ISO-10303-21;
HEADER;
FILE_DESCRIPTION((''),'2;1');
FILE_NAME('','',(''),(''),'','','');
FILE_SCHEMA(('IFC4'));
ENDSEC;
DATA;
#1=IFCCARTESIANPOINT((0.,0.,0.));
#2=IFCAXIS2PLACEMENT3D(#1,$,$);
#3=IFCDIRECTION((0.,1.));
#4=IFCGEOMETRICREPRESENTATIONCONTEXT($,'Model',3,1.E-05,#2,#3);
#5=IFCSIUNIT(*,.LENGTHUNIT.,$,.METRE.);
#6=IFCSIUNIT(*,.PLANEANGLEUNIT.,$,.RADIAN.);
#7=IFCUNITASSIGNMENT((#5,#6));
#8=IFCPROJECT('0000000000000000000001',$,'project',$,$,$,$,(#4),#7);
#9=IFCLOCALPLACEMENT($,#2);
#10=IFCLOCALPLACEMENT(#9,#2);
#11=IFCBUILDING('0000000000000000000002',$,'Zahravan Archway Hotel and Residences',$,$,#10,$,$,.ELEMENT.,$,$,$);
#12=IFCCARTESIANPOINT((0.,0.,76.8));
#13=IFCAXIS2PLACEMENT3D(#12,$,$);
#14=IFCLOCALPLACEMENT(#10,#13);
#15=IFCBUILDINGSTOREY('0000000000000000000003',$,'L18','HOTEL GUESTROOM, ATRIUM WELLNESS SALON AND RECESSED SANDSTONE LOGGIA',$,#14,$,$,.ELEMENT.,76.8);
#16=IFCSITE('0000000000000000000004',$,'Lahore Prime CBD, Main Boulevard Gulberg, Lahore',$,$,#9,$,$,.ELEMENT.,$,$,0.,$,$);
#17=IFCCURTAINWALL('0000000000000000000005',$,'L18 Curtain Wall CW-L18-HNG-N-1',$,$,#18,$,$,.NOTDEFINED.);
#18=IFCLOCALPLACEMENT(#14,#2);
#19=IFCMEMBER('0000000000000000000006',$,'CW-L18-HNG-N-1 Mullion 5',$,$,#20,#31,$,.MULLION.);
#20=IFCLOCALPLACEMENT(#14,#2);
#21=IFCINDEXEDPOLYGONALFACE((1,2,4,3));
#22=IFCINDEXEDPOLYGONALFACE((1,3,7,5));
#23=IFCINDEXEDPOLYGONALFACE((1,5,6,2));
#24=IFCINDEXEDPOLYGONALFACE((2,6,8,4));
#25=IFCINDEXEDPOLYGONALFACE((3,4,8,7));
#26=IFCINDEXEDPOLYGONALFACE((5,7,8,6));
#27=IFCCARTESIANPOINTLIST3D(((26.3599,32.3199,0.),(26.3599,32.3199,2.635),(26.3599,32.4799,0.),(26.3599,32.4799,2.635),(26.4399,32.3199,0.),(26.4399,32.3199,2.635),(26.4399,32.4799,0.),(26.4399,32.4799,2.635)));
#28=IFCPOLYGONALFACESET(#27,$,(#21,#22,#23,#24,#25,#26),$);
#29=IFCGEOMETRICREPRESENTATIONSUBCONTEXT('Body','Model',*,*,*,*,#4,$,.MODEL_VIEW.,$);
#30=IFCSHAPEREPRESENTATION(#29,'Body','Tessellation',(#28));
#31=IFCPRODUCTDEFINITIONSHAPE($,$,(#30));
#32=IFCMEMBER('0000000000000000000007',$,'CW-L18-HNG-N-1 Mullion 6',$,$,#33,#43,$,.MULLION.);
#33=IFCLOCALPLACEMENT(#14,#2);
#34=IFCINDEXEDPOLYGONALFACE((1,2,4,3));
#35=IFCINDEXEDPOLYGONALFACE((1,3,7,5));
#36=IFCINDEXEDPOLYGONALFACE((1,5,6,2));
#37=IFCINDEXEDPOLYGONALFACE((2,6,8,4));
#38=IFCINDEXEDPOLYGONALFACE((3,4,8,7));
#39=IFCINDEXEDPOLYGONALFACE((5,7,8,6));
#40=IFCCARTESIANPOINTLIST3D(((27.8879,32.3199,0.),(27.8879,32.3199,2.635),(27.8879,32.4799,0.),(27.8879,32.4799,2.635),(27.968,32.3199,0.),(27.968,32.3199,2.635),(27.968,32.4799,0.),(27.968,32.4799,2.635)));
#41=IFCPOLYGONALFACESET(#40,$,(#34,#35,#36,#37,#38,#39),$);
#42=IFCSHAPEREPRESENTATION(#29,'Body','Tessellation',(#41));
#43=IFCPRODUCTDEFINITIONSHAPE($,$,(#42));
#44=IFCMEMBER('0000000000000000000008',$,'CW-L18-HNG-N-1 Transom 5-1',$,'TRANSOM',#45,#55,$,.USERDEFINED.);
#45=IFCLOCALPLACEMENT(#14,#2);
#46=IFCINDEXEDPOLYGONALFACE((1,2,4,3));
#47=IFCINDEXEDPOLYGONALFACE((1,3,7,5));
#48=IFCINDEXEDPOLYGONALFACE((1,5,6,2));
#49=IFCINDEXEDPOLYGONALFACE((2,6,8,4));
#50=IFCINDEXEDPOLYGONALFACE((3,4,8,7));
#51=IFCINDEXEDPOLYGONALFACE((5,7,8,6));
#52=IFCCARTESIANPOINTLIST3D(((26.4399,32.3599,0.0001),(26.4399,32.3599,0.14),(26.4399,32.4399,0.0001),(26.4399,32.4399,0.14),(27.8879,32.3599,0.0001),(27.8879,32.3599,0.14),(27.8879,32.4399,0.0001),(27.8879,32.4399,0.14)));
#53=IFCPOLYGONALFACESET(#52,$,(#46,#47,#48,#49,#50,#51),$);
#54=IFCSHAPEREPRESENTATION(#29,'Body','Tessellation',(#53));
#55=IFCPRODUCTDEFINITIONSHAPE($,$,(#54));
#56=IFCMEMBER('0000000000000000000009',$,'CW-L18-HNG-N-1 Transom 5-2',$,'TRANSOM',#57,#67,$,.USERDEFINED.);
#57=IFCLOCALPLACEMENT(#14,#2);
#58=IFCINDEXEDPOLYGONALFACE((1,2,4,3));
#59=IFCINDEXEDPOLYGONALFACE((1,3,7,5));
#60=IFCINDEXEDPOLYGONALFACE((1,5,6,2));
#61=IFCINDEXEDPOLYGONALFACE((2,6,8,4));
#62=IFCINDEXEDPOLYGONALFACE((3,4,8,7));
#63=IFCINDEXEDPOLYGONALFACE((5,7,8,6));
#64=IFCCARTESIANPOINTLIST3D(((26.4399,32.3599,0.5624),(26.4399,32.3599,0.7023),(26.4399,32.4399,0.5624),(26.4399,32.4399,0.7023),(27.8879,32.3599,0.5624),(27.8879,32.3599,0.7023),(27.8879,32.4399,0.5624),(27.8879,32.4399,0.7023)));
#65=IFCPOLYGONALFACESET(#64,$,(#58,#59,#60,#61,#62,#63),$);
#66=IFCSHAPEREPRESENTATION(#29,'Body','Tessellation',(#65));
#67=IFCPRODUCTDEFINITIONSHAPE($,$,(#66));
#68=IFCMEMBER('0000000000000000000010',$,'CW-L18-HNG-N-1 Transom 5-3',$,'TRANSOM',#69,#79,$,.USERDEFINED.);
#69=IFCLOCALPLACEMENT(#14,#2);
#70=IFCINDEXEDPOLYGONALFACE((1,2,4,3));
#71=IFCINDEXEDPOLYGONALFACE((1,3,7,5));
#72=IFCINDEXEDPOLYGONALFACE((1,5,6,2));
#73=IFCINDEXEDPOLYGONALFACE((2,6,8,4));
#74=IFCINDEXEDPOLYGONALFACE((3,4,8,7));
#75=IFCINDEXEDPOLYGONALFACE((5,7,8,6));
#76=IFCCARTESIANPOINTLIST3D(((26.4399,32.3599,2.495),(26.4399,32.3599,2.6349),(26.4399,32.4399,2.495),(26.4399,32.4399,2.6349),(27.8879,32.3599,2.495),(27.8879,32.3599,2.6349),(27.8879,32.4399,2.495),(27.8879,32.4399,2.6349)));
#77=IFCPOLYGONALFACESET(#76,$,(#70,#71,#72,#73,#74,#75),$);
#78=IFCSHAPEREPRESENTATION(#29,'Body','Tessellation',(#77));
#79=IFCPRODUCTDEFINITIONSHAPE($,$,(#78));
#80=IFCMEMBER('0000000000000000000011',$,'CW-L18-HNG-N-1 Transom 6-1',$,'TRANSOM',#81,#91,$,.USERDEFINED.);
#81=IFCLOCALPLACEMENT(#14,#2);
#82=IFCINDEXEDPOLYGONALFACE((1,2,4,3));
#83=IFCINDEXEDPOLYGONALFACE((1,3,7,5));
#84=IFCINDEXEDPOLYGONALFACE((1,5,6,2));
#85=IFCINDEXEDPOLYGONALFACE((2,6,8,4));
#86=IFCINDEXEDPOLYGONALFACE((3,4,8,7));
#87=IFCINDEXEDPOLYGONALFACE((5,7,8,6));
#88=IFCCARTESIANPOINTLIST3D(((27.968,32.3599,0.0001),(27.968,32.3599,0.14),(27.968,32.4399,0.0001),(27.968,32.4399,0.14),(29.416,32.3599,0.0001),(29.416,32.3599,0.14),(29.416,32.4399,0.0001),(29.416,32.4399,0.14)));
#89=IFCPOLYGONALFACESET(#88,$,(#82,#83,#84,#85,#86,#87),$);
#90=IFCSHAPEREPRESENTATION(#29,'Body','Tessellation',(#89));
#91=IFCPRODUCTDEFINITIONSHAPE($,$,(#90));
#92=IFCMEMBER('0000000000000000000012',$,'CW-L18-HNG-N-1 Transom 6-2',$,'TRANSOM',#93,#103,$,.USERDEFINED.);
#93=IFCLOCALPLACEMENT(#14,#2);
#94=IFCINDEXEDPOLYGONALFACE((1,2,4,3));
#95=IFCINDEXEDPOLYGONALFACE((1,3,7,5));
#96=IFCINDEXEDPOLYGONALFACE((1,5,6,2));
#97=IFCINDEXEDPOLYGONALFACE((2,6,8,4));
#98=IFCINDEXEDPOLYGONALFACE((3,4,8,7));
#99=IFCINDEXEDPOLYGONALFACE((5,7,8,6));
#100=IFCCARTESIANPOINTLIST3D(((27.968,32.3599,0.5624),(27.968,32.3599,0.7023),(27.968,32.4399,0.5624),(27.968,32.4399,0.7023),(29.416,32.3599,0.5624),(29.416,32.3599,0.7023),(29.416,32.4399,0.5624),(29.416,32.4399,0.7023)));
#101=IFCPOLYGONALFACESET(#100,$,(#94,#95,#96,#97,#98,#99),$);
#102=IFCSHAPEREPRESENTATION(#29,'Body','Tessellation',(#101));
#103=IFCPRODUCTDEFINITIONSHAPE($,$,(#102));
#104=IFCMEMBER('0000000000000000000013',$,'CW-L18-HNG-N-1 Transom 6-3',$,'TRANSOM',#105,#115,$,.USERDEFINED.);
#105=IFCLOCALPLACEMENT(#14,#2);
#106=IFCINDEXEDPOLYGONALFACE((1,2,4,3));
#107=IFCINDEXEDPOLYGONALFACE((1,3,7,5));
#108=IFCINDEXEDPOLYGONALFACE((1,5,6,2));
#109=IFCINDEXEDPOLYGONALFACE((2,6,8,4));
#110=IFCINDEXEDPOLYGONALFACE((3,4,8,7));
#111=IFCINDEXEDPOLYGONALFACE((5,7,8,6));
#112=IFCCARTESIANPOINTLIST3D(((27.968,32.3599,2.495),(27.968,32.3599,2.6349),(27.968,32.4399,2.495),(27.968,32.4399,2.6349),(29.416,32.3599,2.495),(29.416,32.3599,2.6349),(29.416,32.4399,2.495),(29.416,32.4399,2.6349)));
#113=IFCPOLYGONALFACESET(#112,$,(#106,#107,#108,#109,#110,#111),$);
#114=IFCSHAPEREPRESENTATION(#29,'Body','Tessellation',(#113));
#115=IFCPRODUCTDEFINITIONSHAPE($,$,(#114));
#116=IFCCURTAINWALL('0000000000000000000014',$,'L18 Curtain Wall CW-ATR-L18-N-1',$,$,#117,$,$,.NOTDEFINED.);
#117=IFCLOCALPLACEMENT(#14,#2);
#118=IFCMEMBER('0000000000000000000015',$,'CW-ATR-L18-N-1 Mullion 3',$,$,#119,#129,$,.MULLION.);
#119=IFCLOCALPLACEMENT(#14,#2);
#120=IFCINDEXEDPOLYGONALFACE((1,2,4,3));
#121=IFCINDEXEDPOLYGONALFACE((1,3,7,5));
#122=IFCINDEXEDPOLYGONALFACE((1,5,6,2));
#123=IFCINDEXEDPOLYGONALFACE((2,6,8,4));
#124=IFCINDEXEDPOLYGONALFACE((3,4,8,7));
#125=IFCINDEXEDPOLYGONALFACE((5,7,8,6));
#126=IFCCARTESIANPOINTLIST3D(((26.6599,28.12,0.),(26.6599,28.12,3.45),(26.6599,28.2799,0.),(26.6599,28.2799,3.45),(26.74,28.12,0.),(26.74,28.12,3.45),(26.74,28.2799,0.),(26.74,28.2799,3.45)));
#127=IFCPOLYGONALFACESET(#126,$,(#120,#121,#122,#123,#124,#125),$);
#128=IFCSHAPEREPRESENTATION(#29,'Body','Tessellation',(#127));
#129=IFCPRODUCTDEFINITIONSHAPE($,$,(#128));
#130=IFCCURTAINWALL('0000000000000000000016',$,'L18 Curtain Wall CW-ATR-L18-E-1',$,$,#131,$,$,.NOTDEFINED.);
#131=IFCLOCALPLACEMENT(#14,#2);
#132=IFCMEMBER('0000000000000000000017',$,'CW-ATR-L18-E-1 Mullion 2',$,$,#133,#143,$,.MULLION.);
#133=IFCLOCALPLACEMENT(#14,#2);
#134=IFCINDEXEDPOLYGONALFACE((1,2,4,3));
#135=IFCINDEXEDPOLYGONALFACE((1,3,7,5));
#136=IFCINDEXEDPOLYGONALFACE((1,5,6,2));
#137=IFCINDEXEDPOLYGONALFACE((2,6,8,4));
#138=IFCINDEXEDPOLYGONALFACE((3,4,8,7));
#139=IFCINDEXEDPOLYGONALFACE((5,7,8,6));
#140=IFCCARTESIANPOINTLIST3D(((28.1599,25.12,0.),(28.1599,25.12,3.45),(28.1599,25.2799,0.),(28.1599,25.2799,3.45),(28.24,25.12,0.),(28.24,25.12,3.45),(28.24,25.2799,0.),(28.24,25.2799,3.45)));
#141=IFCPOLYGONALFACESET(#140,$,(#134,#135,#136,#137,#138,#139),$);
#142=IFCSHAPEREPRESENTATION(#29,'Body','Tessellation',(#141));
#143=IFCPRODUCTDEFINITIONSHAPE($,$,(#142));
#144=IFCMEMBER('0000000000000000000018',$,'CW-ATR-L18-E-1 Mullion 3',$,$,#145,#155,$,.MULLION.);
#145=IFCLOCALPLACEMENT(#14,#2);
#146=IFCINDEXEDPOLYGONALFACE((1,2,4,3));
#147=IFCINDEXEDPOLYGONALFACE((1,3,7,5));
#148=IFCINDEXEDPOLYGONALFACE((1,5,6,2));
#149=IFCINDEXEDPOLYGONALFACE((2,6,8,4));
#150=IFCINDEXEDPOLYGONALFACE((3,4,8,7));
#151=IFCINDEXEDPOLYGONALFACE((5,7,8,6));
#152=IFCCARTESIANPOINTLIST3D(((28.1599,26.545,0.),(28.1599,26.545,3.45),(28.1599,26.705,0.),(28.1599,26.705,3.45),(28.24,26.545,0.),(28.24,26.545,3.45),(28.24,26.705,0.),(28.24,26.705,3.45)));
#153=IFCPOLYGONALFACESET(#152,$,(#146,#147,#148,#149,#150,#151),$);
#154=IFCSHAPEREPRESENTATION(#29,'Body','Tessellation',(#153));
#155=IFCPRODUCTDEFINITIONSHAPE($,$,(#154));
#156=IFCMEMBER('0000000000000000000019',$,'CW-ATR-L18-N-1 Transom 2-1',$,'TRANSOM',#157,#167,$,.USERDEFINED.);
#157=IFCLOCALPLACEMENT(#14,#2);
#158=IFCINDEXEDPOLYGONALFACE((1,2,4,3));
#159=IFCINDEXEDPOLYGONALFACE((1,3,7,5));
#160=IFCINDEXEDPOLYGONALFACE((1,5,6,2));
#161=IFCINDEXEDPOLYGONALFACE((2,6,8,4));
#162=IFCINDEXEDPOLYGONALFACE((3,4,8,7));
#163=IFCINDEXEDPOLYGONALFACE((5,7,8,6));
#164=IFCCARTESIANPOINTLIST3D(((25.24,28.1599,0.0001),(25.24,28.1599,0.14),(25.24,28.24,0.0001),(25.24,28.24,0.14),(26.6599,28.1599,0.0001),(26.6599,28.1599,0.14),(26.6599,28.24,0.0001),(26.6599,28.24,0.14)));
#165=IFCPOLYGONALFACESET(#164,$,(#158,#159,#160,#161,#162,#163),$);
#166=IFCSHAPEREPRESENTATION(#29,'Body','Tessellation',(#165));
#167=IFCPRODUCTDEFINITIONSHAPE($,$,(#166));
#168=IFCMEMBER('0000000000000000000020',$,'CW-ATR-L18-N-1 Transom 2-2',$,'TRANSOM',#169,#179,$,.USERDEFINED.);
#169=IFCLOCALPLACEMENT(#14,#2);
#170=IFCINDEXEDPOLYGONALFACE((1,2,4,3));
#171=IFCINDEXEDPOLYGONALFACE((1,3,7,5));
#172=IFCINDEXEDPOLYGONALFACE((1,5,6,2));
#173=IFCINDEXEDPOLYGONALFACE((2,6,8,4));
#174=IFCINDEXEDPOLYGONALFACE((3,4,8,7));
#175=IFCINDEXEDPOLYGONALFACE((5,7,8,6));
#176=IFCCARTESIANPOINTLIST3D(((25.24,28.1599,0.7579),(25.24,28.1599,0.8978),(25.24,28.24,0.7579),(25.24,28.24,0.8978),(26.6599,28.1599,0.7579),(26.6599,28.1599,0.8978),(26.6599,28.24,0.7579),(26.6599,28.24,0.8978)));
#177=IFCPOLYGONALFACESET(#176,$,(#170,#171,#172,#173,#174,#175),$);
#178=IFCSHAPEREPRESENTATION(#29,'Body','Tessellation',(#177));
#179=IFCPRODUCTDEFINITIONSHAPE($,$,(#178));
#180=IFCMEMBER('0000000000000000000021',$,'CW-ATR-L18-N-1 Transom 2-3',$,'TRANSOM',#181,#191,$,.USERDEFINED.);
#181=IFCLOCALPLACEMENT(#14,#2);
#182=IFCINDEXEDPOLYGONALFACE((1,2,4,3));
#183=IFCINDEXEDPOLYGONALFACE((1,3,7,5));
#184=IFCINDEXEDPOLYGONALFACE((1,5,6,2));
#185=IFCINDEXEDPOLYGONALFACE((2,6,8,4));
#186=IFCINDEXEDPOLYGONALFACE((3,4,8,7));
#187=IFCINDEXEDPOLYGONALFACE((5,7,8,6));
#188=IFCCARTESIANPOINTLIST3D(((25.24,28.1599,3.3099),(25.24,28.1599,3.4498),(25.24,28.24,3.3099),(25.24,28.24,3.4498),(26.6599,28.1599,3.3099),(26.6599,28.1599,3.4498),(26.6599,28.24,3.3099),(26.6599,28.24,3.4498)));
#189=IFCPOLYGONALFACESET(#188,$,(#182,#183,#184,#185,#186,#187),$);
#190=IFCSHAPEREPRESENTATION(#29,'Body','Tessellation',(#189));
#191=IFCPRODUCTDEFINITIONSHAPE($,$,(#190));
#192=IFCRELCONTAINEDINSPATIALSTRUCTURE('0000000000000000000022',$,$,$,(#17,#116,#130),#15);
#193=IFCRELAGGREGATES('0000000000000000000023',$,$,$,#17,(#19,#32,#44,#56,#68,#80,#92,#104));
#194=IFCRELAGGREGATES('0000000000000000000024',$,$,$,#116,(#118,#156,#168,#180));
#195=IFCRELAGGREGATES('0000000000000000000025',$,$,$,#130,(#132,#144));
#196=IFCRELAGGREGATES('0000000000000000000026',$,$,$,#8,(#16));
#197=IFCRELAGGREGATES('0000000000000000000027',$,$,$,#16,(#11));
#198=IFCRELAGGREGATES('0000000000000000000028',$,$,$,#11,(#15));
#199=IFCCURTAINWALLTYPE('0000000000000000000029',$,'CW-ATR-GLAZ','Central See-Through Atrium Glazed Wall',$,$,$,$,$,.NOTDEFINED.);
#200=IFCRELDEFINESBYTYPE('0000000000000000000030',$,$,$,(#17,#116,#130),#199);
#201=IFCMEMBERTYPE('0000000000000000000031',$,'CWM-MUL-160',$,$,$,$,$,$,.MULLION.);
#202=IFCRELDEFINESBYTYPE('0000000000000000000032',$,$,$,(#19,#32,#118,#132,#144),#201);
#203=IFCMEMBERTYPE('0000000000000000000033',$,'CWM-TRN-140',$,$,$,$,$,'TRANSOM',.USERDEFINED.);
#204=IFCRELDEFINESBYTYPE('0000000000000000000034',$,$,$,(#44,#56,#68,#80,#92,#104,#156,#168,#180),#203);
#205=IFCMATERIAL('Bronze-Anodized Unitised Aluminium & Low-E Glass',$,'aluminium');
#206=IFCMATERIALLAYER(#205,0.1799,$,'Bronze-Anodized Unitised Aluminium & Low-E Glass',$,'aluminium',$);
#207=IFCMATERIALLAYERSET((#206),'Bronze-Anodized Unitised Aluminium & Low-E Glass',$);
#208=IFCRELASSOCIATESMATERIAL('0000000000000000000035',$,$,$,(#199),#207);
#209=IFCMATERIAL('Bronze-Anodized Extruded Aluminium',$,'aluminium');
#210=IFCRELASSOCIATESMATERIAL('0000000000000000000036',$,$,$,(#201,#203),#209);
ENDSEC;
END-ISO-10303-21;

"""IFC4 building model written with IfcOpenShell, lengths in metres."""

from ifc_helpers import new_model, si_unit, direction, frame, origin, origin_2d, place, context, subcontext, project, spatial, rectangle, extrude, source, transform, mapped, material, layer, layer_set, material_profile, profile_set, type_object, element, aggregate, save


model = new_model("IFC4")

# Units and contexts
model_context = context("Model", 3, precision=1e-05, world=origin(), true_north=direction((0.0, 1.0)))
body_context = subcontext(model_context, "Body", "Model", "MODEL_VIEW")
ifc_project = project(units=[si_unit("LENGTHUNIT", "METRE"), si_unit("PLANEANGLEUNIT", "RADIAN")], contexts=[model_context])

# Site, building, storey
site_placement = place(None, origin())
site = spatial("IfcSite", under=ifc_project, at=site_placement, Name="Lahore Prime CBD, Main Boulevard Gulberg, Lahore", CompositionType="ELEMENT", RefElevation=0.0)
building_placement = place(site_placement, origin())
building = spatial("IfcBuilding", under=site, at=building_placement, Name="Zahravan Archway Hotel and Residences", CompositionType="ELEMENT")
storey_placement = place(building_placement, frame((0.0, 0.0, 76.8)))
storey = spatial("IfcBuildingStorey", under=building, at=storey_placement, Name="L18", Description="HOTEL GUESTROOM, ATRIUM WELLNESS SALON AND RECESSED SANDSTONE LOGGIA", CompositionType="ELEMENT", Elevation=76.8)

# Curtain wall, members
ifc_material_1 = material(Name="Bronze-Anodized Unitised Aluminium & Low-E Glass", Category="aluminium")
ifc_layer_1 = layer(ifc_material_1, 0.1799, Name="Bronze-Anodized Unitised Aluminium & Low-E Glass", Category="aluminium")
ifc_layer_set_1 = layer_set([ifc_layer_1], Name="Bronze-Anodized Unitised Aluminium & Low-E Glass")
curtain_wall_type = type_object("IfcCurtainWallType", Name="CW-ATR-GLAZ", Description="Central See-Through Atrium Glazed Wall", PredefinedType="NOTDEFINED", material=ifc_layer_set_1)
curtain_wall_1_placement = place(storey_placement, origin())
curtain_wall_1 = element("IfcCurtainWall", 1, at=curtain_wall_1_placement, inside=storey, type_object=curtain_wall_type, Name="L18 Curtain Wall CW-L18-HNG-N-1", PredefinedType="NOTDEFINED")
ifc_material_2 = material(Name="Bronze-Anodized Extruded Aluminium", Category="aluminium")
ifc_material_profile_1 = material_profile(ifc_material_2, rectangle(XDim=0.0801, YDim=0.1599, at=origin_2d()), Name="MUL 80x160", Category="aluminium")
ifc_profile_set_1 = profile_set([ifc_material_profile_1], Name="Bronze-Anodized Extruded Aluminium")
member_type_1 = type_object("IfcMemberType", Name="CWM-MUL-160", PredefinedType="MULLION", material=ifc_profile_set_1)
shared_shape_1 = source(origin(), body_context, "Body", "SweptSolid", [
    extrude(rectangle(XDim=0.0801, YDim=0.1599, at=origin_2d()), origin(), (0.0, 0.0, 1.0), 2.635),
])
member_1_placement = place(storey_placement, frame((26.3999, 32.3999, 0.0), z_axis=(0.0, 0.0, 1.0), x_axis=(1.0, 0.0, 0.0)))
member_1 = element("IfcMember", 2, at=member_1_placement, type_object=member_type_1, Name="CW-L18-HNG-N-1 Mullion 5", PredefinedType="MULLION", context=body_context, shape_type="MappedRepresentation", body=[
    mapped(shared_shape_1, transform((0.0, 0.0, 0.0), scale=1.0)),
])
member_2_placement = place(storey_placement, frame((27.928, 32.3999, 0.0), z_axis=(0.0, 0.0, 1.0), x_axis=(1.0, 0.0, 0.0)))
member_2 = element("IfcMember", 3, at=member_2_placement, type_object=member_type_1, Name="CW-L18-HNG-N-1 Mullion 6", PredefinedType="MULLION", context=body_context, shape_type="MappedRepresentation", body=[
    mapped(shared_shape_1, transform((0.0, 0.0, 0.0), scale=1.0)),
])
ifc_material_profile_2 = material_profile(ifc_material_2, rectangle(XDim=0.0801, YDim=0.1399, at=origin_2d()), Name="TRN 80x140", Category="aluminium")
ifc_profile_set_2 = profile_set([ifc_material_profile_2], Name="Bronze-Anodized Extruded Aluminium")
member_type_2 = type_object("IfcMemberType", Name="CWM-TRN-140", ElementType="TRANSOM", PredefinedType="USERDEFINED", material=ifc_profile_set_2)
shared_shape_2 = source(origin(), body_context, "Body", "SweptSolid", [
    extrude(rectangle(XDim=0.0801, YDim=0.1399, at=origin_2d()), origin(), (0.0, 0.0, 1.0), 1.448),
])
member_3_placement = place(storey_placement, frame((26.4399, 32.3999, 0.0701), z_axis=(1.0, 0.0, 0.0), x_axis=(0.0, 1.0, 0.0)))
member_3 = element("IfcMember", 4, at=member_3_placement, type_object=member_type_2, Name="CW-L18-HNG-N-1 Transom 5-1", ObjectType="TRANSOM", PredefinedType="USERDEFINED", context=body_context, shape_type="MappedRepresentation", body=[
    mapped(shared_shape_2, transform((0.0, 0.0, 0.0), scale=1.0)),
])
member_4_placement = place(storey_placement, frame((26.4399, 32.3999, 0.6323), z_axis=(1.0, 0.0, 0.0), x_axis=(0.0, 1.0, 0.0)))
member_4 = element("IfcMember", 5, at=member_4_placement, type_object=member_type_2, Name="CW-L18-HNG-N-1 Transom 5-2", ObjectType="TRANSOM", PredefinedType="USERDEFINED", context=body_context, shape_type="MappedRepresentation", body=[
    mapped(shared_shape_2, transform((0.0, 0.0, 0.0), scale=1.0)),
])
member_5_placement = place(storey_placement, frame((26.4399, 32.3999, 2.5649), z_axis=(1.0, 0.0, 0.0), x_axis=(0.0, 1.0, 0.0)))
member_5 = element("IfcMember", 6, at=member_5_placement, type_object=member_type_2, Name="CW-L18-HNG-N-1 Transom 5-3", ObjectType="TRANSOM", PredefinedType="USERDEFINED", context=body_context, shape_type="MappedRepresentation", body=[
    mapped(shared_shape_2, transform((0.0, 0.0, 0.0), scale=1.0)),
])
member_6_placement = place(storey_placement, frame((27.968, 32.3999, 0.0701), z_axis=(1.0, 0.0, 0.0), x_axis=(0.0, 1.0, 0.0)))
member_6 = element("IfcMember", 7, at=member_6_placement, type_object=member_type_2, Name="CW-L18-HNG-N-1 Transom 6-1", ObjectType="TRANSOM", PredefinedType="USERDEFINED", context=body_context, shape_type="MappedRepresentation", body=[
    mapped(shared_shape_2, transform((0.0, 0.0, 0.0), scale=1.0)),
])
member_7_placement = place(storey_placement, frame((27.968, 32.3999, 0.6323), z_axis=(1.0, 0.0, 0.0), x_axis=(0.0, 1.0, 0.0)))
member_7 = element("IfcMember", 8, at=member_7_placement, type_object=member_type_2, Name="CW-L18-HNG-N-1 Transom 6-2", ObjectType="TRANSOM", PredefinedType="USERDEFINED", context=body_context, shape_type="MappedRepresentation", body=[
    mapped(shared_shape_2, transform((0.0, 0.0, 0.0), scale=1.0)),
])
member_8_placement = place(storey_placement, frame((27.968, 32.3999, 2.5649), z_axis=(1.0, 0.0, 0.0), x_axis=(0.0, 1.0, 0.0)))
member_8 = element("IfcMember", 9, at=member_8_placement, type_object=member_type_2, Name="CW-L18-HNG-N-1 Transom 6-3", ObjectType="TRANSOM", PredefinedType="USERDEFINED", context=body_context, shape_type="MappedRepresentation", body=[
    mapped(shared_shape_2, transform((0.0, 0.0, 0.0), scale=1.0)),
])

# Curtain wall, member
curtain_wall_2_placement = place(storey_placement, origin())
curtain_wall_2 = element("IfcCurtainWall", 10, at=curtain_wall_2_placement, inside=storey, type_object=curtain_wall_type, Name="L18 Curtain Wall CW-ATR-L18-N-1", PredefinedType="NOTDEFINED")
shared_shape_3 = source(origin(), body_context, "Body", "SweptSolid", [
    extrude(rectangle(XDim=0.0801, YDim=0.1599, at=origin_2d()), origin(), (0.0, 0.0, 1.0), 3.45),
])
member_9_placement = place(storey_placement, frame((26.7, 28.2, 0.0), z_axis=(0.0, 0.0, 1.0), x_axis=(1.0, 0.0, 0.0)))
member_9 = element("IfcMember", 11, at=member_9_placement, type_object=member_type_1, Name="CW-ATR-L18-N-1 Mullion 3", PredefinedType="MULLION", context=body_context, shape_type="MappedRepresentation", body=[
    mapped(shared_shape_3, transform((0.0, 0.0, 0.0), scale=1.0)),
])

# Curtain wall, members
curtain_wall_3_placement = place(storey_placement, origin())
curtain_wall_3 = element("IfcCurtainWall", 12, at=curtain_wall_3_placement, inside=storey, type_object=curtain_wall_type, Name="L18 Curtain Wall CW-ATR-L18-E-1", PredefinedType="NOTDEFINED")
member_10_placement = place(storey_placement, frame((28.2, 25.2, 0.0), z_axis=(0.0, 0.0, 1.0), x_axis=(1.0, 0.0, 0.0)))
member_10 = element("IfcMember", 13, at=member_10_placement, type_object=member_type_1, Name="CW-ATR-L18-E-1 Mullion 2", PredefinedType="MULLION", context=body_context, shape_type="MappedRepresentation", body=[
    mapped(shared_shape_3, transform((0.0, 0.0, 0.0), scale=1.0)),
])
member_11_placement = place(storey_placement, frame((28.2, 26.625, 0.0), z_axis=(0.0, 0.0, 1.0), x_axis=(1.0, 0.0, 0.0)))
member_11 = element("IfcMember", 14, at=member_11_placement, type_object=member_type_1, Name="CW-ATR-L18-E-1 Mullion 3", PredefinedType="MULLION", context=body_context, shape_type="MappedRepresentation", body=[
    mapped(shared_shape_3, transform((0.0, 0.0, 0.0), scale=1.0)),
])

# Members
shared_shape_4 = source(origin(), body_context, "Body", "SweptSolid", [
    extrude(rectangle(XDim=0.0801, YDim=0.1399, at=origin_2d()), origin(), (0.0, 0.0, 1.0), 1.4199),
])
member_12_placement = place(storey_placement, frame((25.24, 28.2, 0.0701), z_axis=(1.0, 0.0, 0.0), x_axis=(0.0, 1.0, 0.0)))
member_12 = element("IfcMember", 15, at=member_12_placement, type_object=member_type_2, Name="CW-ATR-L18-N-1 Transom 2-1", ObjectType="TRANSOM", PredefinedType="USERDEFINED", context=body_context, shape_type="MappedRepresentation", body=[
    mapped(shared_shape_4, transform((0.0, 0.0, 0.0), scale=1.0)),
])
member_13_placement = place(storey_placement, frame((25.24, 28.2, 0.8279), z_axis=(1.0, 0.0, 0.0), x_axis=(0.0, 1.0, 0.0)))
member_13 = element("IfcMember", 16, at=member_13_placement, type_object=member_type_2, Name="CW-ATR-L18-N-1 Transom 2-2", ObjectType="TRANSOM", PredefinedType="USERDEFINED", context=body_context, shape_type="MappedRepresentation", body=[
    mapped(shared_shape_4, transform((0.0, 0.0, 0.0), scale=1.0)),
])
member_14_placement = place(storey_placement, frame((25.24, 28.2, 3.3799), z_axis=(1.0, 0.0, 0.0), x_axis=(0.0, 1.0, 0.0)))
member_14 = element("IfcMember", 17, at=member_14_placement, type_object=member_type_2, Name="CW-ATR-L18-N-1 Transom 2-3", ObjectType="TRANSOM", PredefinedType="USERDEFINED", context=body_context, shape_type="MappedRepresentation", body=[
    mapped(shared_shape_4, transform((0.0, 0.0, 0.0), scale=1.0)),
])

aggregate(curtain_wall_1, [member_1, member_2, member_3, member_4, member_5, member_6, member_7, member_8])
aggregate(curtain_wall_2, [member_9, member_12, member_13, member_14])
aggregate(curtain_wall_3, [member_10, member_11])

save(model, "model.ifc")
